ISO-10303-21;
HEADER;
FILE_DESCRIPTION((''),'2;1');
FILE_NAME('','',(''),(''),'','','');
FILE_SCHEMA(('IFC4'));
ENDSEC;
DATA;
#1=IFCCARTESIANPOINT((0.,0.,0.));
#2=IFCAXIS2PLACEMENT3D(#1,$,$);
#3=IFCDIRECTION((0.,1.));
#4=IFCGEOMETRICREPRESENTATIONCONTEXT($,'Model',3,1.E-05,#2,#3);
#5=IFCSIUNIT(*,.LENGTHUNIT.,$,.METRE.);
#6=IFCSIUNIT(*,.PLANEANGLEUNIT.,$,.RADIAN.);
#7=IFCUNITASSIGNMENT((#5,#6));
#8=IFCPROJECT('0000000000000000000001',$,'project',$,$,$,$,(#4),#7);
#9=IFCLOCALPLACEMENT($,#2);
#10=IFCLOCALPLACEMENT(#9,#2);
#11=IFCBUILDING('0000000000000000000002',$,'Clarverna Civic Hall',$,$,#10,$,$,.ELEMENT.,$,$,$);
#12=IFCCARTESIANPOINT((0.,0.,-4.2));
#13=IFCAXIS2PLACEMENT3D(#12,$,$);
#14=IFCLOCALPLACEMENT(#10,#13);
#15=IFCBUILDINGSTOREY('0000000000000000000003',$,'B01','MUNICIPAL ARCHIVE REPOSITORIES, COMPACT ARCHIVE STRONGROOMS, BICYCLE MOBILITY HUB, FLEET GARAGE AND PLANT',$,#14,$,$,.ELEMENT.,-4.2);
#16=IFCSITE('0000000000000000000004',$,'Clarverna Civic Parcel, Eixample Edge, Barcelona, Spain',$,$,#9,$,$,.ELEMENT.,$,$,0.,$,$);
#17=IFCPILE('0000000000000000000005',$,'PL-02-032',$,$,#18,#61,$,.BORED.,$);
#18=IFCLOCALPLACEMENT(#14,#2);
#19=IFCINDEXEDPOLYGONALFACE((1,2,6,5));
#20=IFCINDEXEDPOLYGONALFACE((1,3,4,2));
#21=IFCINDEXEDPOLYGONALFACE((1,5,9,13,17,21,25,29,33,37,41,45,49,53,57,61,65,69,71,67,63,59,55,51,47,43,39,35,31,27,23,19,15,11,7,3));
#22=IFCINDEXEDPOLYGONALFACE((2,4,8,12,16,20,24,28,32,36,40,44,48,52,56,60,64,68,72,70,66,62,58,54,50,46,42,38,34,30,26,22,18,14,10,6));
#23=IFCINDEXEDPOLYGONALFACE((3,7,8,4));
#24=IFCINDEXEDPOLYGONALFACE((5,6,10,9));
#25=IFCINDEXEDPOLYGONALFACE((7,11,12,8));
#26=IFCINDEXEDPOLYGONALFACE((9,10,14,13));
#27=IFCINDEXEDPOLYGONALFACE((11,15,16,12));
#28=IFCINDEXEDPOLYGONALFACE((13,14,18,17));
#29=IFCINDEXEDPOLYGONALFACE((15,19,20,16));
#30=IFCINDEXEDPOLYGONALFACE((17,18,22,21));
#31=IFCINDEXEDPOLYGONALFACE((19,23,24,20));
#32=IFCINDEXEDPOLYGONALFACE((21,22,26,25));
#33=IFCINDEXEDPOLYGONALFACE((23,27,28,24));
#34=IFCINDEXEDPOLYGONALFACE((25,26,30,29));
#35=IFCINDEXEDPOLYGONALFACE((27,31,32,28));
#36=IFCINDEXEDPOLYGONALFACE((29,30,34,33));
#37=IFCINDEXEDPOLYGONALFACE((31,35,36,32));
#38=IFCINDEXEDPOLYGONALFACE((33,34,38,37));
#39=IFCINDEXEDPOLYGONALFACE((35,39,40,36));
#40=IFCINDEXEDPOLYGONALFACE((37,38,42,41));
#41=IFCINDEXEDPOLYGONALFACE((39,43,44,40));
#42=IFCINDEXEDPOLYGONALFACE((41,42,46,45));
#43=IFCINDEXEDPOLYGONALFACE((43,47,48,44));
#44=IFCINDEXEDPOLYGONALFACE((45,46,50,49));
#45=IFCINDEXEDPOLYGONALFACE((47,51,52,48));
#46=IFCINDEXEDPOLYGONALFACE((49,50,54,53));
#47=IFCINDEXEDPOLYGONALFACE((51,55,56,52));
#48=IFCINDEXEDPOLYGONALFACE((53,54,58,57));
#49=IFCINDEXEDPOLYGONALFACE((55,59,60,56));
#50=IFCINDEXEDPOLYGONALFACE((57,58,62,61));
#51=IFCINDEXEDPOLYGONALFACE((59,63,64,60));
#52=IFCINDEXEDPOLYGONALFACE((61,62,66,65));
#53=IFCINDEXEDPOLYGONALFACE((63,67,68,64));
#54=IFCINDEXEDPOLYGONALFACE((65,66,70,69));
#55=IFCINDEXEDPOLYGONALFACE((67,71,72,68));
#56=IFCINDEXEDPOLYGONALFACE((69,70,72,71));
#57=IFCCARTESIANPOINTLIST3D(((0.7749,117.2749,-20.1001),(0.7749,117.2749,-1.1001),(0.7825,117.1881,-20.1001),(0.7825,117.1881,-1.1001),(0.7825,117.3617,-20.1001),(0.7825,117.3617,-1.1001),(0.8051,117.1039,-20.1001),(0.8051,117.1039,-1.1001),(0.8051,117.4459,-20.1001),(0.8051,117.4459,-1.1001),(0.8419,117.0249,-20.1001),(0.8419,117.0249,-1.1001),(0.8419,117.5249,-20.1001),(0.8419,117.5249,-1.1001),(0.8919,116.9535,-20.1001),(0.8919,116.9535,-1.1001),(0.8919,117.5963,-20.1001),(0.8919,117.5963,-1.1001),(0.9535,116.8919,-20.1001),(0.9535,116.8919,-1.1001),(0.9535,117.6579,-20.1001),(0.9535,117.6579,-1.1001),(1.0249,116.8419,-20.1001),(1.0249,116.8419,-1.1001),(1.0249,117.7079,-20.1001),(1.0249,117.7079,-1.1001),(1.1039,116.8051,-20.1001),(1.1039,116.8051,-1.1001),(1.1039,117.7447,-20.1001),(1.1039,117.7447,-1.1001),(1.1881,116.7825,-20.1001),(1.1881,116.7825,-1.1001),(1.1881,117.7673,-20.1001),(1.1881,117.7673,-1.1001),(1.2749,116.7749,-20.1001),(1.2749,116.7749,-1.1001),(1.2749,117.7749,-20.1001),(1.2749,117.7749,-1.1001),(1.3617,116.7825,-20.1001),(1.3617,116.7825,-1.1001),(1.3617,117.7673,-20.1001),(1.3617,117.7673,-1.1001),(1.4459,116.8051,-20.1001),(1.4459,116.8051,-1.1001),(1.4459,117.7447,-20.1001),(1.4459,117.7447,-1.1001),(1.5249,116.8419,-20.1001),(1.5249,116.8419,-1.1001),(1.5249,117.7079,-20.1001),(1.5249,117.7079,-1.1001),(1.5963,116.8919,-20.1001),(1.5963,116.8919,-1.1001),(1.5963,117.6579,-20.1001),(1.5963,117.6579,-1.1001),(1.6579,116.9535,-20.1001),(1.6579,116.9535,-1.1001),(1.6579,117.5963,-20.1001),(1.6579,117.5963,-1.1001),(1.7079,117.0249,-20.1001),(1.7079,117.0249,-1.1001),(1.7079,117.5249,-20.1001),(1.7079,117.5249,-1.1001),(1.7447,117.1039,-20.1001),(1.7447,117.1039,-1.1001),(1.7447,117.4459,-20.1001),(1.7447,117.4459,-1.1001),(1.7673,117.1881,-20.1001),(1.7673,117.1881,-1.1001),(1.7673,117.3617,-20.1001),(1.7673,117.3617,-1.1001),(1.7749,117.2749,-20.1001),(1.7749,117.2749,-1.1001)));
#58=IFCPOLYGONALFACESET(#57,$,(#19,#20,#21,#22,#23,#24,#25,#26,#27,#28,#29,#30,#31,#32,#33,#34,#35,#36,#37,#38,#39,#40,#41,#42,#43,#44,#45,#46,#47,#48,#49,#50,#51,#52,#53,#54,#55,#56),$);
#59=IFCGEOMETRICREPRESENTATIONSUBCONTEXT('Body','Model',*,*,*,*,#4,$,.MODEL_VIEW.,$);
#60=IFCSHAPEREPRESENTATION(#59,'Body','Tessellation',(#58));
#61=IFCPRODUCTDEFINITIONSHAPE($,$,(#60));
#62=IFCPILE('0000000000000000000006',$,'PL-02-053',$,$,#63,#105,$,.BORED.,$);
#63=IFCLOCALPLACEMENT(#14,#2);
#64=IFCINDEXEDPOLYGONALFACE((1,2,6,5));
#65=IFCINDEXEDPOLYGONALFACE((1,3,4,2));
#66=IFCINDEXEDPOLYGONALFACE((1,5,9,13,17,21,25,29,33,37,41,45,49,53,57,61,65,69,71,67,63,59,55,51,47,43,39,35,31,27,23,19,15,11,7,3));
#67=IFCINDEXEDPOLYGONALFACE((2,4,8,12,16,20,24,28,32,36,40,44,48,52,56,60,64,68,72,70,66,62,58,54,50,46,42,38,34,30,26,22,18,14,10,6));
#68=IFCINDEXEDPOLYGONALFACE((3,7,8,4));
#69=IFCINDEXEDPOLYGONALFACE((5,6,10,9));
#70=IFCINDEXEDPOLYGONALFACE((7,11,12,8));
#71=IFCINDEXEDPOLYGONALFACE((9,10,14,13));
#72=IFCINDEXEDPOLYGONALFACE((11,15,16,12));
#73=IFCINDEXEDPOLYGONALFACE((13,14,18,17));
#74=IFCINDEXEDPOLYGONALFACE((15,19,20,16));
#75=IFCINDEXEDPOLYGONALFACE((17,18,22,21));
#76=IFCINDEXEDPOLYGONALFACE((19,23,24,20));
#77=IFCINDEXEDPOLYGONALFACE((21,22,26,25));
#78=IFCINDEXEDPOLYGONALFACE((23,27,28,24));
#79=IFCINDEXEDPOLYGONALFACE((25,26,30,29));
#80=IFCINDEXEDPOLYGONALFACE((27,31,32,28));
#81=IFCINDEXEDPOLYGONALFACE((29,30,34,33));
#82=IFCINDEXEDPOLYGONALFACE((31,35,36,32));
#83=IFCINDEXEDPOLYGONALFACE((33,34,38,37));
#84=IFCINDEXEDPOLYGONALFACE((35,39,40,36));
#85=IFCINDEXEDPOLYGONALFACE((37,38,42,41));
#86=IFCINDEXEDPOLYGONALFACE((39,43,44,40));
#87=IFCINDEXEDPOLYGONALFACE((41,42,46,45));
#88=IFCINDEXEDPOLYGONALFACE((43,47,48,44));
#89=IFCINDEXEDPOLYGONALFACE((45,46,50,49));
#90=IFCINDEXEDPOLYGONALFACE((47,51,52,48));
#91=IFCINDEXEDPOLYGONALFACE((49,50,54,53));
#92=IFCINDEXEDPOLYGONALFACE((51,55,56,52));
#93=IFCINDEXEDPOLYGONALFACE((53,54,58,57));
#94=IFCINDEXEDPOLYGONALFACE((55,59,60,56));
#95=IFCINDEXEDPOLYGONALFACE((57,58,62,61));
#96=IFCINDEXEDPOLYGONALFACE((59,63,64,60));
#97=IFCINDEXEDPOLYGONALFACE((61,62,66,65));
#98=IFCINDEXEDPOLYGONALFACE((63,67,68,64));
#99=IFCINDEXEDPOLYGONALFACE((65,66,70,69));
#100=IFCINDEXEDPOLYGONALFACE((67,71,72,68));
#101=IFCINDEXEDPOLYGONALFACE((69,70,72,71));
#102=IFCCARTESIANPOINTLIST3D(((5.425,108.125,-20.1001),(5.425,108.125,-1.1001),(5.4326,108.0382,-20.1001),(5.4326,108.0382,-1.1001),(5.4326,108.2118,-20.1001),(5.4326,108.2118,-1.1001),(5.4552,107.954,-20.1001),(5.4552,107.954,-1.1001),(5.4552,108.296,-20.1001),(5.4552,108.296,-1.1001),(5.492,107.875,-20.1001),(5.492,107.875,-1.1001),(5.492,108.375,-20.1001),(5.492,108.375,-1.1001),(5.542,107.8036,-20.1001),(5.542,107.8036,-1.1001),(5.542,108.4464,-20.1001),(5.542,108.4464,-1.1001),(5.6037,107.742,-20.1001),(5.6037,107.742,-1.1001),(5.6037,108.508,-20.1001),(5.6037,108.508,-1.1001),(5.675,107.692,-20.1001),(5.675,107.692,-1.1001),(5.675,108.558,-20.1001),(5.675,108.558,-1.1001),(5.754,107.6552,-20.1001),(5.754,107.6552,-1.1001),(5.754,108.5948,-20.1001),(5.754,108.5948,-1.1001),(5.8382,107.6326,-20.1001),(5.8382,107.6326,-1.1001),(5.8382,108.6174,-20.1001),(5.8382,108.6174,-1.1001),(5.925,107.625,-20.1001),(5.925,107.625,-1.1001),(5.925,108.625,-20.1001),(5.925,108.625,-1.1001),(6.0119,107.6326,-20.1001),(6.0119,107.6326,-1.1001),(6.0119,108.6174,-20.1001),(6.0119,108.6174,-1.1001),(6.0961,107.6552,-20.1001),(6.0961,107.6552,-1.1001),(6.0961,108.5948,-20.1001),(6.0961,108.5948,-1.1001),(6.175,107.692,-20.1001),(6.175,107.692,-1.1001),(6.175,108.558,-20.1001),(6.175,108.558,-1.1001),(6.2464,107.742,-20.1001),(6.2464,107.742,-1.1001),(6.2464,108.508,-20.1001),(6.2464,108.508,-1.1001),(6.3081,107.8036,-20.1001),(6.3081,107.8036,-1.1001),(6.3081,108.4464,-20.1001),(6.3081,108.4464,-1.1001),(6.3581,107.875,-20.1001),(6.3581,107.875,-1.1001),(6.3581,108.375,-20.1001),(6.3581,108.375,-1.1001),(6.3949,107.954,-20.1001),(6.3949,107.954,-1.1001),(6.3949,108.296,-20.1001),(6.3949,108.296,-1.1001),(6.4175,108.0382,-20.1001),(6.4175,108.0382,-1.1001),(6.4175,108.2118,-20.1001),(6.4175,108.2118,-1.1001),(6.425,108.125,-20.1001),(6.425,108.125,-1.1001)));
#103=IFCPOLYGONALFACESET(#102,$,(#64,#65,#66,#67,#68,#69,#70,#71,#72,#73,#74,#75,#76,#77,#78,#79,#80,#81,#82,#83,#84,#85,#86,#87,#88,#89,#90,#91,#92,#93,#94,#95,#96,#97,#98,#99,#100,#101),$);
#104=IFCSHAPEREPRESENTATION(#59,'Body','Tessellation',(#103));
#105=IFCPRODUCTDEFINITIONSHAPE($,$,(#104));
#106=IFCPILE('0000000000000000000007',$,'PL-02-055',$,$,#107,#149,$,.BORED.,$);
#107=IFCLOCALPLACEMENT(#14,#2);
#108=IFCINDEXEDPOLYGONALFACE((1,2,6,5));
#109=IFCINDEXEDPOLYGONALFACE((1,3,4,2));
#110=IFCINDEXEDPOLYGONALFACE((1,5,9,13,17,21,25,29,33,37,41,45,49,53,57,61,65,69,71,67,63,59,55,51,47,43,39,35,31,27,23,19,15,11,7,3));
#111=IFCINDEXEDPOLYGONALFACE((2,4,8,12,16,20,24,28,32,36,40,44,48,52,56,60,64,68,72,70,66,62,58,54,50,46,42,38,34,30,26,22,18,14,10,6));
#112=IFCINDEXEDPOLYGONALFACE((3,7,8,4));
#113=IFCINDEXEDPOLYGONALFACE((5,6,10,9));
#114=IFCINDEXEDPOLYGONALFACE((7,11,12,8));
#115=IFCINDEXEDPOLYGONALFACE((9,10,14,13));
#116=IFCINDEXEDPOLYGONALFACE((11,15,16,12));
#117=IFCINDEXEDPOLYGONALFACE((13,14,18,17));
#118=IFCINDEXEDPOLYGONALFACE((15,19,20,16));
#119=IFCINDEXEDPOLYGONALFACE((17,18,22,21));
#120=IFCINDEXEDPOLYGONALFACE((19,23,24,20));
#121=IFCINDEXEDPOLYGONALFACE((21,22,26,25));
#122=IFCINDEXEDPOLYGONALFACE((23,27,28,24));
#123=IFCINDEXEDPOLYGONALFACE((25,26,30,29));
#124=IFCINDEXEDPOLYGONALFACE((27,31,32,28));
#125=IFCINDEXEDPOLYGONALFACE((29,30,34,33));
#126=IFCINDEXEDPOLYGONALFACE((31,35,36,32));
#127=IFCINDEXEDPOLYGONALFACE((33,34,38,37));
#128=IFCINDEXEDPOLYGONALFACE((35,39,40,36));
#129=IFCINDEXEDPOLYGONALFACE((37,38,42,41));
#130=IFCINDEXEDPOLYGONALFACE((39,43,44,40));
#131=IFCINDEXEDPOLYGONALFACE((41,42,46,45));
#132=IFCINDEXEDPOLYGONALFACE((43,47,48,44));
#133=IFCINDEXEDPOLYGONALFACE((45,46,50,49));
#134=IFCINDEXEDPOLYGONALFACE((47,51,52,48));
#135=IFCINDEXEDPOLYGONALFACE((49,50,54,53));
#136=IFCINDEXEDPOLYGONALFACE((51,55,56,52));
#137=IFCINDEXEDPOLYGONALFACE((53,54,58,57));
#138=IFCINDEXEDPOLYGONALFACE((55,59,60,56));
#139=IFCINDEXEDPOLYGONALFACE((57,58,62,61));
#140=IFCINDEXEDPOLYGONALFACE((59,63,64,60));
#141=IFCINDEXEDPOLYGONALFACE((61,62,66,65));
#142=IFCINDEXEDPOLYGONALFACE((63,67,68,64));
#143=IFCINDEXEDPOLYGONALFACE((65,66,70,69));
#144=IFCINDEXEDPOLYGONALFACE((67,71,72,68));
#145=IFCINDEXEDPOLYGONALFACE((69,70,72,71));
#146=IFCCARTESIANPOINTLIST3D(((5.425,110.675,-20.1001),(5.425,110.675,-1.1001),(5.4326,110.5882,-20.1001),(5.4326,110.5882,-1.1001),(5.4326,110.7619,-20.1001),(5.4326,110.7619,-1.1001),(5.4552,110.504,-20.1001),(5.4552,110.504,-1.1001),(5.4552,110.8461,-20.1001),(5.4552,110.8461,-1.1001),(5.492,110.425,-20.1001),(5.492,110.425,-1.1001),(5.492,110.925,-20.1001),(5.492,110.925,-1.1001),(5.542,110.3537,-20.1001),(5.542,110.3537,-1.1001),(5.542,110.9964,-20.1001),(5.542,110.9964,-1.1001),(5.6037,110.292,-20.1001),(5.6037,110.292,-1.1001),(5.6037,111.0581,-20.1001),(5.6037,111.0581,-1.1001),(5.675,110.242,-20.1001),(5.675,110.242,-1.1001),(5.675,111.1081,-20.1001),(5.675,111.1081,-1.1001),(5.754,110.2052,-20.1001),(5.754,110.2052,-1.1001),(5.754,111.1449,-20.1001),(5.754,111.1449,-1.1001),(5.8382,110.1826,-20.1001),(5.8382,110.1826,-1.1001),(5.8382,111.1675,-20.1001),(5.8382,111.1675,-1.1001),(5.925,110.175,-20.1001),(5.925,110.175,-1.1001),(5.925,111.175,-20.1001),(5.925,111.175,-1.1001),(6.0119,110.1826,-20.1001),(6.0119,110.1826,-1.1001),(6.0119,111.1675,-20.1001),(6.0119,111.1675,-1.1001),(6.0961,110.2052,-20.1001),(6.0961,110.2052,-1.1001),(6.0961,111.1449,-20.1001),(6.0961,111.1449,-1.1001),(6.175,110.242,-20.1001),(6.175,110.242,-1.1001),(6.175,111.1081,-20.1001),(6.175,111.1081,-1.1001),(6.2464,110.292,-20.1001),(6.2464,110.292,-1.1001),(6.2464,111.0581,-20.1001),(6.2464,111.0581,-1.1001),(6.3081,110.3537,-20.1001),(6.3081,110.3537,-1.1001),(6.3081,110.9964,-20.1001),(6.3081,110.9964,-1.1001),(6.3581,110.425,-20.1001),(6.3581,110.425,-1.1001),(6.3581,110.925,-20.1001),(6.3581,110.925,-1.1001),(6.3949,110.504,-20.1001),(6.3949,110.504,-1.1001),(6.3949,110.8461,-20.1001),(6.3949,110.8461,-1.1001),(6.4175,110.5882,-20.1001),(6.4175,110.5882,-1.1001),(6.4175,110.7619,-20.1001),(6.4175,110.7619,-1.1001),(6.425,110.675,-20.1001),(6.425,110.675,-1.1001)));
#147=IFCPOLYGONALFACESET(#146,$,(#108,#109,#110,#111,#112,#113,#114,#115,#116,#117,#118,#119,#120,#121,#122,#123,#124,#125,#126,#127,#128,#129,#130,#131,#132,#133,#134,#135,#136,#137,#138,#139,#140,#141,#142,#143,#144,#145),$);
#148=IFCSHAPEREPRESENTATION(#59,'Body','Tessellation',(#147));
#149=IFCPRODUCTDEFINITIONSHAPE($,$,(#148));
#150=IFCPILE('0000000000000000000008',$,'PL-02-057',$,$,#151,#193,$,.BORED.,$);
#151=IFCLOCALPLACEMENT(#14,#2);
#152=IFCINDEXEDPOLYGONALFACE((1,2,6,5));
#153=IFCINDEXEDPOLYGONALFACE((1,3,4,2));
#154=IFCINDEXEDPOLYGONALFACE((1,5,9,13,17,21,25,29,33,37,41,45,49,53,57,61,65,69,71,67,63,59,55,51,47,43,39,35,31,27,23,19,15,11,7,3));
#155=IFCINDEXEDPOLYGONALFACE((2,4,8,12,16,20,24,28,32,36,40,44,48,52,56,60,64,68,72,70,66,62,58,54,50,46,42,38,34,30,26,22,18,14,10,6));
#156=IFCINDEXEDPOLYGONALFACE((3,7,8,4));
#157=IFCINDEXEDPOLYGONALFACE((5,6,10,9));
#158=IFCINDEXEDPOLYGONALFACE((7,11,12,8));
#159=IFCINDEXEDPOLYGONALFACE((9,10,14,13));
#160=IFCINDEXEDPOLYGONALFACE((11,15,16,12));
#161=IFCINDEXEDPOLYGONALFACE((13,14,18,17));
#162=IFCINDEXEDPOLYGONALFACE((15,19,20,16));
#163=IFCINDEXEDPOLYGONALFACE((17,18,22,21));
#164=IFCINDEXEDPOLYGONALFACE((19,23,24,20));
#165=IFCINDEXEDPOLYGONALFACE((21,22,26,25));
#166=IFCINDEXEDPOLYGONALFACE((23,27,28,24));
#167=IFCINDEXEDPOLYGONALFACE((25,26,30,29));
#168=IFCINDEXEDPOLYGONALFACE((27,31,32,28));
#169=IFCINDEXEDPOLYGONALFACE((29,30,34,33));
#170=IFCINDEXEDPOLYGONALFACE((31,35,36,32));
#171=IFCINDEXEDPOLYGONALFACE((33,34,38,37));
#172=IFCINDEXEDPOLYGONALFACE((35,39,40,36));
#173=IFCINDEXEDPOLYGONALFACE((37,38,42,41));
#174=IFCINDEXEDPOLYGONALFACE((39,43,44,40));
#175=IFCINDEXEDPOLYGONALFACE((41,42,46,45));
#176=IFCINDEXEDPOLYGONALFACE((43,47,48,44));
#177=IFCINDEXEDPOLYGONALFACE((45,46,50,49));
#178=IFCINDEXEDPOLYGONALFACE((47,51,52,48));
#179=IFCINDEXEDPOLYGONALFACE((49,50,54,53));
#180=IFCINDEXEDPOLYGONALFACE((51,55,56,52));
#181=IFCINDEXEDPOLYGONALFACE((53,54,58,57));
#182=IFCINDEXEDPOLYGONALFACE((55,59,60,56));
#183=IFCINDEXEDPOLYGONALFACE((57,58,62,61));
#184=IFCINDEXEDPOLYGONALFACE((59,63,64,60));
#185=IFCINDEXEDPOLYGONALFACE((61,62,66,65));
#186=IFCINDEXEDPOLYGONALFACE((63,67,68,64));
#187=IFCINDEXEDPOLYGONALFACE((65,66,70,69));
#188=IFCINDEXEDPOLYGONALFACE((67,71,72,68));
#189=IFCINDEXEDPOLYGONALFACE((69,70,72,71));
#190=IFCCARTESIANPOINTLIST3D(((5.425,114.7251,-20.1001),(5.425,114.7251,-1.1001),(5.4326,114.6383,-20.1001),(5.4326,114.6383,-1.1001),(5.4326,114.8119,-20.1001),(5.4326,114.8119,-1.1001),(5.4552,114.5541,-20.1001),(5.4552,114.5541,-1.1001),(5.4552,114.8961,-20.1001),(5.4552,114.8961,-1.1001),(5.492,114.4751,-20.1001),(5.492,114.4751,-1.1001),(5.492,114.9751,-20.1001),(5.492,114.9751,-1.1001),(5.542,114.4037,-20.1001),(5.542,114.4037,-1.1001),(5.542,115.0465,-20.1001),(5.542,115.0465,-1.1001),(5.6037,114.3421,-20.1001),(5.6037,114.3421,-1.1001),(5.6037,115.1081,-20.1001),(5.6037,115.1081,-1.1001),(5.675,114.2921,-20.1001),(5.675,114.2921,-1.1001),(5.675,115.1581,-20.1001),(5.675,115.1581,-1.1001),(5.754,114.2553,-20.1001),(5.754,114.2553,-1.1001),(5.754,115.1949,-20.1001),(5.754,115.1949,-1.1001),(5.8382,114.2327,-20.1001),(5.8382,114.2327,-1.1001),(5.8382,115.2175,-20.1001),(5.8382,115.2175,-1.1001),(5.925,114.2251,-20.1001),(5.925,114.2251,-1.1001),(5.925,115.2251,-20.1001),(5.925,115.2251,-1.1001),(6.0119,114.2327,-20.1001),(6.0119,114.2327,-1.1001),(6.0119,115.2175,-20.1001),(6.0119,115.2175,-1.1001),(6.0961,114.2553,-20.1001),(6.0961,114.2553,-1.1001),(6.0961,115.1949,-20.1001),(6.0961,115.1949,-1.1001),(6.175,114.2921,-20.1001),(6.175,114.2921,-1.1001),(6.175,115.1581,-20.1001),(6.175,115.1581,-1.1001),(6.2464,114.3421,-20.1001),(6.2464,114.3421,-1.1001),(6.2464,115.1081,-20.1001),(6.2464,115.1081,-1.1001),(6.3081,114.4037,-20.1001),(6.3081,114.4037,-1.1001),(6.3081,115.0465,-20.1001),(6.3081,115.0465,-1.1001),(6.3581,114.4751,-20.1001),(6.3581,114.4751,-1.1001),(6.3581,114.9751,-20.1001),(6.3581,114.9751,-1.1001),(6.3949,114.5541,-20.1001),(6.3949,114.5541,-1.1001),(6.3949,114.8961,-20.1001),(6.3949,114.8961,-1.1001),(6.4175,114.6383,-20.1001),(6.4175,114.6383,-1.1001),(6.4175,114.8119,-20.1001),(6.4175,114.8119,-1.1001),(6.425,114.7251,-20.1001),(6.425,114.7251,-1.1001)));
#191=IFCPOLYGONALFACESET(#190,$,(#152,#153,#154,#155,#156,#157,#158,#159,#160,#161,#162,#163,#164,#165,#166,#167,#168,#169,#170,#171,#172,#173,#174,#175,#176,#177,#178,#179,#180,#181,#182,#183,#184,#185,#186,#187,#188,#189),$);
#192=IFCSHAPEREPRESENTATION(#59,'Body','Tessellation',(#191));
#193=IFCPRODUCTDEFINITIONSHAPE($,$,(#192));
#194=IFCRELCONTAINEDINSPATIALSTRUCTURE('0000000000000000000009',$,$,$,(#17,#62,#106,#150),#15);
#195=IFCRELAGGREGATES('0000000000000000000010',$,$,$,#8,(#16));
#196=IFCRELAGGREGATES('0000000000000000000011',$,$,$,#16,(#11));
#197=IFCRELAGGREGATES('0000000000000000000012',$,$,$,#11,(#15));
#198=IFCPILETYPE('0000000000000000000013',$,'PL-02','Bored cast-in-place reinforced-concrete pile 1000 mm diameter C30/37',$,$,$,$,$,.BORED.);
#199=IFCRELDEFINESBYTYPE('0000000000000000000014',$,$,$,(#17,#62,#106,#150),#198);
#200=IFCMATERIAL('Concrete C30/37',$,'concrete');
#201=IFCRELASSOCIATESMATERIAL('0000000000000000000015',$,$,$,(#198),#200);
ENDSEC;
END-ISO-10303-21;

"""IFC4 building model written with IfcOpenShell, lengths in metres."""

from ifc_helpers import new_model, si_unit, direction, frame, origin, origin_2d, place, context, subcontext, project, spatial, circle, extrude, material, material_profile, profile_set, type_object, element, save


model = new_model("IFC4")

# Units and contexts
model_context = context("Model", 3, precision=1e-05, world=origin(), true_north=direction((0.0, 1.0)))
body_context = subcontext(model_context, "Body", "Model", "MODEL_VIEW")
ifc_project = project(units=[si_unit("LENGTHUNIT", "METRE"), si_unit("PLANEANGLEUNIT", "RADIAN")], contexts=[model_context])

# Site, building, storey
site_placement = place(None, origin())
site = spatial("IfcSite", under=ifc_project, at=site_placement, Name="Clarverna Civic Parcel, Eixample Edge, Barcelona, Spain", CompositionType="ELEMENT", RefElevation=0.0)
building_placement = place(site_placement, origin())
building = spatial("IfcBuilding", under=site, at=building_placement, Name="Clarverna Civic Hall", CompositionType="ELEMENT")
storey_placement = place(building_placement, frame((0.0, 0.0, -4.2)))
storey = spatial("IfcBuildingStorey", under=building, at=storey_placement, Name="B01", Description="MUNICIPAL ARCHIVE REPOSITORIES, COMPACT ARCHIVE STRONGROOMS, BICYCLE MOBILITY HUB, FLEET GARAGE AND PLANT", CompositionType="ELEMENT", Elevation=-4.2)

# Shared definitions
ifc_material_1 = material(Name="Concrete C30/37", Category="concrete")

# Piles
ifc_material_profile_1 = material_profile(ifc_material_1, circle(Radius=0.5, at=origin_2d()), Name="BORED PILE D1000")
ifc_profile_set_1 = profile_set([ifc_material_profile_1], Name="Concrete C30/37")
pile_type = type_object("IfcPileType", Name="PL-02", Description="Bored cast-in-place reinforced-concrete pile 1000 mm diameter C30/37", PredefinedType="BORED", material=ifc_profile_set_1)
for number, where, z_axis, x_axis, name in (
    (1, (1.2749, 117.2749, -1.1001), (0.0, 0.0, -1.0), (1.0, 0.0, 0.0), "PL-02-032"),
    (2, (5.925, 108.125, -1.1001), (0.0, 0.0, -1.0), (1.0, 0.0, 0.0), "PL-02-053"),
    (3, (5.925, 110.675, -1.1001), (0.0, 0.0, -1.0), (1.0, 0.0, 0.0), "PL-02-055"),
    (4, (5.925, 114.7251, -1.1001), (0.0, 0.0, -1.0), (1.0, 0.0, 0.0), "PL-02-057"),
):
    element("IfcPile", number, at=place(storey_placement, frame(where, z_axis=z_axis, x_axis=x_axis)), inside=storey, type_object=pile_type, Name=name, PredefinedType="BORED", context=body_context, shape_type="SweptSolid", body=[
        extrude(circle(Radius=0.5, at=origin_2d()), origin(), (0.0, 0.0, 1.0), 19.0),
    ])

save(model, "model.ifc")
